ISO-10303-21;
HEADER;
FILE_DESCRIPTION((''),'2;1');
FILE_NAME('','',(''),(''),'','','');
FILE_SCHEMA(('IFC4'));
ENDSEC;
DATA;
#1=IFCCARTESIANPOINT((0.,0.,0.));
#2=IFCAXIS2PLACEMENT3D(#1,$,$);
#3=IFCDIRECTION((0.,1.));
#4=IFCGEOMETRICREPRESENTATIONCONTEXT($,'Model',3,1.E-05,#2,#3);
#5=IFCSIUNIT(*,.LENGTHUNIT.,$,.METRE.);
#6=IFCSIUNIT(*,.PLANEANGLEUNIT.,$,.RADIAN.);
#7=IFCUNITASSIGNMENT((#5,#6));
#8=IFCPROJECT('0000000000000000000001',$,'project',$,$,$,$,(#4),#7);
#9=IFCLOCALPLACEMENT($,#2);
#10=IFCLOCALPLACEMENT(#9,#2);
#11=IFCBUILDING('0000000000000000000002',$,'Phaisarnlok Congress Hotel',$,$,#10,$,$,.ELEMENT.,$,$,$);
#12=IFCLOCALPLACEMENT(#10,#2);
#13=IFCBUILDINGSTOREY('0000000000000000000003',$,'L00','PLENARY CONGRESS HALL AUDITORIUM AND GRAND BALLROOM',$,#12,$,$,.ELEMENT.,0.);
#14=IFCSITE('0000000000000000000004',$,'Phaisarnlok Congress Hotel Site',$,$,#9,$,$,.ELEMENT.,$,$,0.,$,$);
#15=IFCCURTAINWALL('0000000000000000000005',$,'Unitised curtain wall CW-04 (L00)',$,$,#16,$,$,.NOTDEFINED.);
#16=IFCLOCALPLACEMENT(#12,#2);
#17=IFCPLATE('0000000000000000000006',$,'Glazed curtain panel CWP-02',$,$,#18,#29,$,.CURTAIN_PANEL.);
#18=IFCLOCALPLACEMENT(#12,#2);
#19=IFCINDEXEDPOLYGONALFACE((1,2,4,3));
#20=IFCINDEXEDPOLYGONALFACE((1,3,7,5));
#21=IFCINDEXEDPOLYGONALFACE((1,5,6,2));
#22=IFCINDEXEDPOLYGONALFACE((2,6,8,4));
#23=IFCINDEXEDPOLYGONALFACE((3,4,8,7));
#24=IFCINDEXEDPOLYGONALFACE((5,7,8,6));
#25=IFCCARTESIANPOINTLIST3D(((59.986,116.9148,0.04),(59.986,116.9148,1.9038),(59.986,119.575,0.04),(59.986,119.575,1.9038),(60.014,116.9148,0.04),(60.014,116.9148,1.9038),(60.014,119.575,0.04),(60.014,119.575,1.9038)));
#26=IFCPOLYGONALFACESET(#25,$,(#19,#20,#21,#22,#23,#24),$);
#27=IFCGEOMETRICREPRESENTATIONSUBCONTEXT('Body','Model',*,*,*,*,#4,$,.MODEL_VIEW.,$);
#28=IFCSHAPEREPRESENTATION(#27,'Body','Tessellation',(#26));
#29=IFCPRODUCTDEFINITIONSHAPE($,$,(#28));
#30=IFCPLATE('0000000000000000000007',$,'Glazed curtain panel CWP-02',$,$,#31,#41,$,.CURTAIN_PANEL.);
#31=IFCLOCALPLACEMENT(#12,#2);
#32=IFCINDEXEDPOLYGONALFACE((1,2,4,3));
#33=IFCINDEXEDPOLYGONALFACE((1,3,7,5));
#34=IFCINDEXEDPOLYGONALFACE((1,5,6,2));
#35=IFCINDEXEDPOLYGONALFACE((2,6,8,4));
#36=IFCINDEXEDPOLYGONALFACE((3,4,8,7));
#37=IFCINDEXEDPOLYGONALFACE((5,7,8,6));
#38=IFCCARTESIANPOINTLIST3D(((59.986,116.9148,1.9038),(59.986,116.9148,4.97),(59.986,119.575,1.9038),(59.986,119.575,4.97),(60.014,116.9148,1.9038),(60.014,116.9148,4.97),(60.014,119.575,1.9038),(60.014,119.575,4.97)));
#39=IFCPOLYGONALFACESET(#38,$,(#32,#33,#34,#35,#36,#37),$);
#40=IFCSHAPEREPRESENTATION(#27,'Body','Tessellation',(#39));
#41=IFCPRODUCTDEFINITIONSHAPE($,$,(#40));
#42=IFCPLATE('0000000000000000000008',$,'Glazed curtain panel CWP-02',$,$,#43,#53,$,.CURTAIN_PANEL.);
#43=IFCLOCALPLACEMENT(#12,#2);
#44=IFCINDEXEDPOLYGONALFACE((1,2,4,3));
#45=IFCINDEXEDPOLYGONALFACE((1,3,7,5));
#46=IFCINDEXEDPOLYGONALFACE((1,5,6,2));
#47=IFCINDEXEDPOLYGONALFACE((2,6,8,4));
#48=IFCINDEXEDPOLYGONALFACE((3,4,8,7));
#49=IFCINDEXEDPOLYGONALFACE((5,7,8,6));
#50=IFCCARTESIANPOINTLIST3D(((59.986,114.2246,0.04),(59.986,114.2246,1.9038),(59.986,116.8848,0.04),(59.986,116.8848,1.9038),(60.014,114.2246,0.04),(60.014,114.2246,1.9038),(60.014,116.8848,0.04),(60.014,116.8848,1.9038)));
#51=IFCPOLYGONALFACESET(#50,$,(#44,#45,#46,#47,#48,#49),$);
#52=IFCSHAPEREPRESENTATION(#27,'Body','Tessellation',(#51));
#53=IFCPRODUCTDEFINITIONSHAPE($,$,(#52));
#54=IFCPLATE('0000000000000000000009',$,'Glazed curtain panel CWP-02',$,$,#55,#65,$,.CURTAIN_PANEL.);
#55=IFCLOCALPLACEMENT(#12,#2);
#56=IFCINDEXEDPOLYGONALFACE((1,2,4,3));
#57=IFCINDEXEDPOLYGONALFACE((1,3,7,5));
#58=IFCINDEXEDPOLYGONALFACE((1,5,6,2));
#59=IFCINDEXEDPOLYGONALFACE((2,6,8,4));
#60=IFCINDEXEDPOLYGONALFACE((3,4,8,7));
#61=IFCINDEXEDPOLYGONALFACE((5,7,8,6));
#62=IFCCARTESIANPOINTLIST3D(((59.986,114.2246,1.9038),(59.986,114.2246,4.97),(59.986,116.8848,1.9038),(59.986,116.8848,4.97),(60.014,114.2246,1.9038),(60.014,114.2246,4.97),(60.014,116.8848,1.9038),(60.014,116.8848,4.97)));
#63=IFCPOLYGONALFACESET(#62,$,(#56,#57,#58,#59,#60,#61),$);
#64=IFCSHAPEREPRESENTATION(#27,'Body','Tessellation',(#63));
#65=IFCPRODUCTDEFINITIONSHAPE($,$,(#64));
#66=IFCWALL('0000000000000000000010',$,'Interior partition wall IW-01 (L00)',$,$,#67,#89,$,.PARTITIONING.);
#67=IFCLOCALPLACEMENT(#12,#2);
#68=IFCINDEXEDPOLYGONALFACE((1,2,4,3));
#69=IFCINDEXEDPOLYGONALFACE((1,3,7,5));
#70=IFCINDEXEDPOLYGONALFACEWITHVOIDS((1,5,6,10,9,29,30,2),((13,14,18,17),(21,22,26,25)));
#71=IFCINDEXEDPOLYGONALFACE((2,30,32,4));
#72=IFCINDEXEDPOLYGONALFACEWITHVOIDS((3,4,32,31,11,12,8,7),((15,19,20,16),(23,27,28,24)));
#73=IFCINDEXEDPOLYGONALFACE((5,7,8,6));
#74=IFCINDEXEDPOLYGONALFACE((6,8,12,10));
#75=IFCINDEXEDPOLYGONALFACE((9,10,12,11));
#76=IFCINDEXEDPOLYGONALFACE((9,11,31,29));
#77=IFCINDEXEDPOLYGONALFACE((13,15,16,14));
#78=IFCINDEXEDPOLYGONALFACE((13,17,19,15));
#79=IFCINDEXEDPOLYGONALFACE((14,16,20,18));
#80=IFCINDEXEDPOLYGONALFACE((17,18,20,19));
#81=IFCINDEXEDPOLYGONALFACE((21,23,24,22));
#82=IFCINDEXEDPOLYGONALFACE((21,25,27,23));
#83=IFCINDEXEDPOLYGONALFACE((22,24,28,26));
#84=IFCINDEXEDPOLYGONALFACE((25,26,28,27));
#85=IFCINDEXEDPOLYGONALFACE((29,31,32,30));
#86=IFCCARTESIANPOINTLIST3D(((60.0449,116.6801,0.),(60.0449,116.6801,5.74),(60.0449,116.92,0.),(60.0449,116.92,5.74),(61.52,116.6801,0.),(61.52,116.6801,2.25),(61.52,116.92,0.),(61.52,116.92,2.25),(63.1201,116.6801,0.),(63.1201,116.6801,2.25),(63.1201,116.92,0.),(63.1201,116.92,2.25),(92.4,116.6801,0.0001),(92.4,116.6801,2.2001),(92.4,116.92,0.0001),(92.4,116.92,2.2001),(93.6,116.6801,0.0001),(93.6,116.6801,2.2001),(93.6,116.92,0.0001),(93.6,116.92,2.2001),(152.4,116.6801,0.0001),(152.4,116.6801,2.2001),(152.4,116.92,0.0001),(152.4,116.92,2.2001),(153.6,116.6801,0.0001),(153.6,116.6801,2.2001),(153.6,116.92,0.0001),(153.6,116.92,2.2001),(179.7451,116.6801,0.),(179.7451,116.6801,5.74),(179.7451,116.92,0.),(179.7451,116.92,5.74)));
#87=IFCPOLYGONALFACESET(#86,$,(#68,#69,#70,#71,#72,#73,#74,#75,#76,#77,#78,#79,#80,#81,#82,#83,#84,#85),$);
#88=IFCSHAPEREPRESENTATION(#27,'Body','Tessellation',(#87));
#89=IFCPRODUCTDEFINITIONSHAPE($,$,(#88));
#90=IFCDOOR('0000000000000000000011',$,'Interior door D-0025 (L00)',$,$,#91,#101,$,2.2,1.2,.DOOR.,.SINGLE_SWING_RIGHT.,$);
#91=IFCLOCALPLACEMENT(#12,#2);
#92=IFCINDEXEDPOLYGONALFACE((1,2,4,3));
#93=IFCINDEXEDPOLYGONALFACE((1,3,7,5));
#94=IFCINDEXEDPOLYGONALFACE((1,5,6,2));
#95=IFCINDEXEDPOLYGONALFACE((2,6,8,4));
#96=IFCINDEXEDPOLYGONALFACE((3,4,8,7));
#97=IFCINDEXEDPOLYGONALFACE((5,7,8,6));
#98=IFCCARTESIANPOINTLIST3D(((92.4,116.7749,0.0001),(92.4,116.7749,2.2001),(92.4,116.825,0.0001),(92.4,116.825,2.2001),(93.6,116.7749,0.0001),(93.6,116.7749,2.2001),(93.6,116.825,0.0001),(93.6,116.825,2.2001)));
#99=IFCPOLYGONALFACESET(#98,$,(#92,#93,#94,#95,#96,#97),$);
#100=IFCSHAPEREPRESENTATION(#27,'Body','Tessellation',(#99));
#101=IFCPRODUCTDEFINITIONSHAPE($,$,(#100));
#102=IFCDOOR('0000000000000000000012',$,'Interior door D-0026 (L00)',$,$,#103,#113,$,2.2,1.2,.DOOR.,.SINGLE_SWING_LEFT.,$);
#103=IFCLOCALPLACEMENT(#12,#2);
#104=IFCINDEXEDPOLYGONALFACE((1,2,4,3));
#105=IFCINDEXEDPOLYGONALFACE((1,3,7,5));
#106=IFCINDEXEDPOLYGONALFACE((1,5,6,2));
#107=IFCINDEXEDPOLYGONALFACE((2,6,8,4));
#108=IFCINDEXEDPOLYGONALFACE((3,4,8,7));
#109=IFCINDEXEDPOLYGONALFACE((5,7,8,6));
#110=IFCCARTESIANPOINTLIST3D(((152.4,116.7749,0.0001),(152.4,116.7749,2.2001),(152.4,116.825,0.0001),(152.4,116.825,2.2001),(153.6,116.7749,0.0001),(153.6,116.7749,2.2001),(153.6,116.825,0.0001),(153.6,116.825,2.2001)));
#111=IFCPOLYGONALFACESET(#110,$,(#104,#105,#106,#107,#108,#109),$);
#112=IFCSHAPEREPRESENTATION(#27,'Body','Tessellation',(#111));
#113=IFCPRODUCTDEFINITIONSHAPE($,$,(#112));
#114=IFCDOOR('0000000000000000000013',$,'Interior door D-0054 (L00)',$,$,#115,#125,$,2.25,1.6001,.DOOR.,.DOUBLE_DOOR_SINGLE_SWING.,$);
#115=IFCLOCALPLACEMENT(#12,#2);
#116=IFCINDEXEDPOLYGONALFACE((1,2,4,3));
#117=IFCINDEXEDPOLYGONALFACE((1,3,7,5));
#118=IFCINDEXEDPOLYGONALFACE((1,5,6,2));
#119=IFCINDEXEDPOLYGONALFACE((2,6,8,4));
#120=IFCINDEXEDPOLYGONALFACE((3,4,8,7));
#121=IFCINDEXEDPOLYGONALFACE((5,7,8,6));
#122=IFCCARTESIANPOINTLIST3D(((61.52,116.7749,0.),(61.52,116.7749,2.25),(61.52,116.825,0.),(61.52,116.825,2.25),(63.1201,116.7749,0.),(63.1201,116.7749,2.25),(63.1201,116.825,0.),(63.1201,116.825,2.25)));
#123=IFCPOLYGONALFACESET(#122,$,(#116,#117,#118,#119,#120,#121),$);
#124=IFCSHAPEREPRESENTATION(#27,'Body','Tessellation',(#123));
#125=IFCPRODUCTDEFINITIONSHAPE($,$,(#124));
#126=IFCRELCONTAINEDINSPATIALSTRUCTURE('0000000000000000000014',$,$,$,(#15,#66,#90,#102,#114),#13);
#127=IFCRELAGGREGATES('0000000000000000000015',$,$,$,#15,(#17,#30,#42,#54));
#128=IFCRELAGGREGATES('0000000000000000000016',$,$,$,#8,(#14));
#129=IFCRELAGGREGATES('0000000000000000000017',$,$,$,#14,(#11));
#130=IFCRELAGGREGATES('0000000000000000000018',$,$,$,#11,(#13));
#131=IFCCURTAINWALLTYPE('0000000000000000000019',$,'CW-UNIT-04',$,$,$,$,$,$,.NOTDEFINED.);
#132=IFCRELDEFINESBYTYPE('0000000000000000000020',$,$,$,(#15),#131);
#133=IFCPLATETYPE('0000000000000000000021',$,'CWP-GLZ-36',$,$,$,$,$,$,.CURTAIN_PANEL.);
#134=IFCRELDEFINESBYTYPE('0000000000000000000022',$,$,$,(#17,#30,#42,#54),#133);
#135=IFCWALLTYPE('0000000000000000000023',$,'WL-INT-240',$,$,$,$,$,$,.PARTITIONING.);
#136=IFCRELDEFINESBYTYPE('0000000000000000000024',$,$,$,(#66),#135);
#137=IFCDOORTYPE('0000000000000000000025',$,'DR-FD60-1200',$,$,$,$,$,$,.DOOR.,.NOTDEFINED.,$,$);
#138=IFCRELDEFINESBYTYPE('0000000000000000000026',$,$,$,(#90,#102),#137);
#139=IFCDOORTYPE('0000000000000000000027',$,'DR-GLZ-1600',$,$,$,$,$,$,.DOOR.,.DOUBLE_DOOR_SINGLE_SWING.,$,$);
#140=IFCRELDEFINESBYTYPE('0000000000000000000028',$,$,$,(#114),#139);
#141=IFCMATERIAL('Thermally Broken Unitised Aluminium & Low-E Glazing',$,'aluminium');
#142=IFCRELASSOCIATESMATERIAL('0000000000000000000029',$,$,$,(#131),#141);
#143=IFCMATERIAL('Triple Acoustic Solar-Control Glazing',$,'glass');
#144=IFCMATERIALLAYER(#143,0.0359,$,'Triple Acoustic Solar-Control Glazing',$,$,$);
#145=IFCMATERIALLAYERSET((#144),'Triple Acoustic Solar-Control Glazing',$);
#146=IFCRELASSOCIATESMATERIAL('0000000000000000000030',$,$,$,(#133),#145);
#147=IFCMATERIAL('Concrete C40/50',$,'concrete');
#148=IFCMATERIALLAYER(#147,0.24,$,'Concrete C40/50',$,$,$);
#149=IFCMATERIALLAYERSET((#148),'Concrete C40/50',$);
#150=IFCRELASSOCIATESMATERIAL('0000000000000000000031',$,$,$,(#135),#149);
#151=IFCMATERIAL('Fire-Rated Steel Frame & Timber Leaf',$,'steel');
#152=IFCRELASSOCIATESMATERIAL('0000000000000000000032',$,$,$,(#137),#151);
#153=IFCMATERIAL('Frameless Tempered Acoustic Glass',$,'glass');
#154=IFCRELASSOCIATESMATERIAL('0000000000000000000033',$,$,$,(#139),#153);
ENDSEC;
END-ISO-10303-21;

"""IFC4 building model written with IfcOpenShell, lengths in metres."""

from ifc_helpers import new_model, si_unit, direction, frame, frame_2d, origin, place, context, subcontext, project, spatial, rectangle, extrude, material, layer, layer_set, type_object, element, fill, aggregate, save


model = new_model("IFC4")

# Units and contexts
model_context = context("Model", 3, precision=1e-05, world=origin(), true_north=direction((0.0, 1.0)))
body_context = subcontext(model_context, "Body", "Model", "MODEL_VIEW")
ifc_project = project(units=[si_unit("LENGTHUNIT", "METRE"), si_unit("PLANEANGLEUNIT", "RADIAN")], contexts=[model_context])

# Site, building, storey
site_placement = place(None, origin())
site = spatial("IfcSite", under=ifc_project, at=site_placement, Name="Phaisarnlok Congress Hotel Site", CompositionType="ELEMENT", RefElevation=0.0)
building_placement = place(site_placement, origin())
building = spatial("IfcBuilding", under=site, at=building_placement, Name="Phaisarnlok Congress Hotel", CompositionType="ELEMENT")
storey_placement = place(building_placement, origin())
storey = spatial("IfcBuildingStorey", under=building, at=storey_placement, Name="L00", Description="PLENARY CONGRESS HALL AUDITORIUM AND GRAND BALLROOM", CompositionType="ELEMENT", Elevation=0.0)

# Curtain wall
ifc_material_1 = material(Name="Thermally Broken Unitised Aluminium & Low-E Glazing", Category="aluminium")
curtain_wall_type = type_object("IfcCurtainWallType", Name="CW-UNIT-04", PredefinedType="NOTDEFINED", material=ifc_material_1)
curtain_wall_placement = place(storey_placement, origin())
curtain_wall = element("IfcCurtainWall", 1, at=curtain_wall_placement, inside=storey, type_object=curtain_wall_type, Name="Unitised curtain wall CW-04 (L00)", PredefinedType="NOTDEFINED")

# Shared definitions
ifc_material_2 = material(Name="Concrete C40/50", Category="concrete")

# Plates
ifc_material_3 = material(Name="Triple Acoustic Solar-Control Glazing", Category="glass")
ifc_layer_1 = layer(ifc_material_3, 0.0359, Name="Triple Acoustic Solar-Control Glazing")
ifc_layer_set_1 = layer_set([ifc_layer_1], Name="Triple Acoustic Solar-Control Glazing")
plate_type = type_object("IfcPlateType", Name="CWP-GLZ-36", PredefinedType="CURTAIN_PANEL", material=ifc_layer_set_1)
plate_1_placement = place(storey_placement, frame((60.0, 119.575, 0.04), z_axis=(0.0, 0.0, 1.0), x_axis=(0.0, -1.0, 0.0)))
plate_1 = element("IfcPlate", 2, at=plate_1_placement, type_object=plate_type, Name="Glazed curtain panel CWP-02", PredefinedType="CURTAIN_PANEL", context=body_context, shape_type="SweptSolid", body=[
    extrude(rectangle(XDim=2.6602, YDim=0.0281, at=frame_2d((1.3301, 0.0))), origin(), (0.0, 0.0, 1.0), 1.8638),
])
plate_2_placement = place(storey_placement, frame((60.0, 119.575, 1.9038), z_axis=(0.0, 0.0, 1.0), x_axis=(0.0, -1.0, 0.0)))
plate_2 = element("IfcPlate", 3, at=plate_2_placement, type_object=plate_type, Name="Glazed curtain panel CWP-02", PredefinedType="CURTAIN_PANEL", context=body_context, shape_type="SweptSolid", body=[
    extrude(rectangle(XDim=2.6602, YDim=0.0281, at=frame_2d((1.3301, 0.0))), origin(), (0.0, 0.0, 1.0), 3.0662),
])
plate_3_placement = place(storey_placement, frame((60.0, 116.8848, 0.04), z_axis=(0.0, 0.0, 1.0), x_axis=(0.0, -1.0, 0.0)))
plate_3 = element("IfcPlate", 4, at=plate_3_placement, type_object=plate_type, Name="Glazed curtain panel CWP-02", PredefinedType="CURTAIN_PANEL", context=body_context, shape_type="SweptSolid", body=[
    extrude(rectangle(XDim=2.6602, YDim=0.0281, at=frame_2d((1.3301, 0.0))), origin(), (0.0, 0.0, 1.0), 1.8638),
])
plate_4_placement = place(storey_placement, frame((60.0, 116.8848, 1.9038), z_axis=(0.0, 0.0, 1.0), x_axis=(0.0, -1.0, 0.0)))
plate_4 = element("IfcPlate", 5, at=plate_4_placement, type_object=plate_type, Name="Glazed curtain panel CWP-02", PredefinedType="CURTAIN_PANEL", context=body_context, shape_type="SweptSolid", body=[
    extrude(rectangle(XDim=2.6602, YDim=0.0281, at=frame_2d((1.3301, 0.0))), origin(), (0.0, 0.0, 1.0), 3.0662),
])
aggregate(curtain_wall, [plate_1, plate_2, plate_3, plate_4])

# Wall, openings, doors
ifc_layer_2 = layer(ifc_material_2, 0.24, Name="Concrete C40/50")
ifc_layer_set_2 = layer_set([ifc_layer_2], Name="Concrete C40/50")
wall_type = type_object("IfcWallType", Name="WL-INT-240", PredefinedType="PARTITIONING", material=ifc_layer_set_2)
wall_placement = place(storey_placement, frame((60.0449, 116.8, 0.0), z_axis=(0.0, 0.0, 1.0), x_axis=(1.0, 0.0, 0.0)))
wall = element("IfcWall", 6, at=wall_placement, inside=storey, type_object=wall_type, Name="Interior partition wall IW-01 (L00)", PredefinedType="PARTITIONING", context=body_context, shape_type="SweptSolid", body=[
    extrude(rectangle(XDim=119.7002, YDim=0.24, at=frame_2d((59.8501, 0.0))), origin(), (0.0, 0.0, 1.0), 5.74),
])
opening_1_placement = place(wall_placement, frame((32.355, 0.0, 0.0)))
opening_1 = element("IfcOpeningElement", 7, at=opening_1_placement, cuts=wall, PredefinedType="OPENING", context=body_context, shape_type="SweptSolid", body=[
    extrude(rectangle(XDim=1.2, YDim=2.2, at=frame_2d((0.6001, 1.1001))), frame((0.0, 0.1299, 0.0), z_axis=(0.0, -1.0, 0.0), x_axis=(1.0, 0.0, 0.0)), (0.0, 0.0, 1.0), 0.26),
])
opening_2_placement = place(wall_placement, frame((92.355, 0.0, 0.0)))
opening_2 = element("IfcOpeningElement", 8, at=opening_2_placement, cuts=wall, PredefinedType="OPENING", context=body_context, shape_type="SweptSolid", body=[
    extrude(rectangle(XDim=1.2, YDim=2.2, at=frame_2d((0.6001, 1.1001))), frame((0.0, 0.1299, 0.0), z_axis=(0.0, -1.0, 0.0), x_axis=(1.0, 0.0, 0.0)), (0.0, 0.0, 1.0), 0.26),
])
opening_3_placement = place(wall_placement, frame((1.4751, 0.0, 0.0)))
opening_3 = element("IfcOpeningElement", 9, at=opening_3_placement, cuts=wall, PredefinedType="OPENING", context=body_context, shape_type="SweptSolid", body=[
    extrude(rectangle(XDim=1.6001, YDim=2.25, at=frame_2d((0.8, 1.125))), frame((0.0, 0.1299, 0.0), z_axis=(0.0, -1.0, 0.0), x_axis=(1.0, 0.0, 0.0)), (0.0, 0.0, 1.0), 0.26),
])
ifc_material_4 = material(Name="Fire-Rated Steel Frame & Timber Leaf", Category="steel")
door_type_1 = type_object("IfcDoorType", Name="DR-FD60-1200", OperationType="NOTDEFINED", PredefinedType="DOOR", material=ifc_material_4)
door_1_placement = place(opening_1_placement, origin())
door_1 = element("IfcDoor", 10, at=door_1_placement, inside=storey, type_object=door_type_1, Name="Interior door D-0025 (L00)", OperationType="SINGLE_SWING_RIGHT", OverallHeight=2.2, OverallWidth=1.2, PredefinedType="DOOR", context=body_context, shape_type="SweptSolid", body=[
    extrude(rectangle(XDim=1.2, YDim=2.2, at=frame_2d((0.6001, 1.1001))), frame((0.0, 0.0249, 0.0), z_axis=(0.0, -1.0, 0.0), x_axis=(1.0, 0.0, 0.0)), (0.0, 0.0, 1.0), 0.05),
])
fill(opening_1, door_1)
door_2_placement = place(opening_2_placement, origin())
door_2 = element("IfcDoor", 11, at=door_2_placement, inside=storey, type_object=door_type_1, Name="Interior door D-0026 (L00)", OperationType="SINGLE_SWING_LEFT", OverallHeight=2.2, OverallWidth=1.2, PredefinedType="DOOR", context=body_context, shape_type="SweptSolid", body=[
    extrude(rectangle(XDim=1.2, YDim=2.2, at=frame_2d((0.6001, 1.1001))), frame((0.0, 0.0249, 0.0), z_axis=(0.0, -1.0, 0.0), x_axis=(1.0, 0.0, 0.0)), (0.0, 0.0, 1.0), 0.05),
])
fill(opening_2, door_2)
ifc_material_5 = material(Name="Frameless Tempered Acoustic Glass", Category="glass")
door_type_2 = type_object("IfcDoorType", Name="DR-GLZ-1600", OperationType="DOUBLE_DOOR_SINGLE_SWING", PredefinedType="DOOR", material=ifc_material_5)
door_3_placement = place(opening_3_placement, origin())
door_3 = element("IfcDoor", 12, at=door_3_placement, inside=storey, type_object=door_type_2, Name="Interior door D-0054 (L00)", OperationType="DOUBLE_DOOR_SINGLE_SWING", OverallHeight=2.25, OverallWidth=1.6001, PredefinedType="DOOR", context=body_context, shape_type="SweptSolid", body=[
    extrude(rectangle(XDim=1.6001, YDim=2.25, at=frame_2d((0.8, 1.125))), frame((0.0, 0.0249, 0.0), z_axis=(0.0, -1.0, 0.0), x_axis=(1.0, 0.0, 0.0)), (0.0, 0.0, 1.0), 0.05),
])
fill(opening_3, door_3)

save(model, "model.ifc")
